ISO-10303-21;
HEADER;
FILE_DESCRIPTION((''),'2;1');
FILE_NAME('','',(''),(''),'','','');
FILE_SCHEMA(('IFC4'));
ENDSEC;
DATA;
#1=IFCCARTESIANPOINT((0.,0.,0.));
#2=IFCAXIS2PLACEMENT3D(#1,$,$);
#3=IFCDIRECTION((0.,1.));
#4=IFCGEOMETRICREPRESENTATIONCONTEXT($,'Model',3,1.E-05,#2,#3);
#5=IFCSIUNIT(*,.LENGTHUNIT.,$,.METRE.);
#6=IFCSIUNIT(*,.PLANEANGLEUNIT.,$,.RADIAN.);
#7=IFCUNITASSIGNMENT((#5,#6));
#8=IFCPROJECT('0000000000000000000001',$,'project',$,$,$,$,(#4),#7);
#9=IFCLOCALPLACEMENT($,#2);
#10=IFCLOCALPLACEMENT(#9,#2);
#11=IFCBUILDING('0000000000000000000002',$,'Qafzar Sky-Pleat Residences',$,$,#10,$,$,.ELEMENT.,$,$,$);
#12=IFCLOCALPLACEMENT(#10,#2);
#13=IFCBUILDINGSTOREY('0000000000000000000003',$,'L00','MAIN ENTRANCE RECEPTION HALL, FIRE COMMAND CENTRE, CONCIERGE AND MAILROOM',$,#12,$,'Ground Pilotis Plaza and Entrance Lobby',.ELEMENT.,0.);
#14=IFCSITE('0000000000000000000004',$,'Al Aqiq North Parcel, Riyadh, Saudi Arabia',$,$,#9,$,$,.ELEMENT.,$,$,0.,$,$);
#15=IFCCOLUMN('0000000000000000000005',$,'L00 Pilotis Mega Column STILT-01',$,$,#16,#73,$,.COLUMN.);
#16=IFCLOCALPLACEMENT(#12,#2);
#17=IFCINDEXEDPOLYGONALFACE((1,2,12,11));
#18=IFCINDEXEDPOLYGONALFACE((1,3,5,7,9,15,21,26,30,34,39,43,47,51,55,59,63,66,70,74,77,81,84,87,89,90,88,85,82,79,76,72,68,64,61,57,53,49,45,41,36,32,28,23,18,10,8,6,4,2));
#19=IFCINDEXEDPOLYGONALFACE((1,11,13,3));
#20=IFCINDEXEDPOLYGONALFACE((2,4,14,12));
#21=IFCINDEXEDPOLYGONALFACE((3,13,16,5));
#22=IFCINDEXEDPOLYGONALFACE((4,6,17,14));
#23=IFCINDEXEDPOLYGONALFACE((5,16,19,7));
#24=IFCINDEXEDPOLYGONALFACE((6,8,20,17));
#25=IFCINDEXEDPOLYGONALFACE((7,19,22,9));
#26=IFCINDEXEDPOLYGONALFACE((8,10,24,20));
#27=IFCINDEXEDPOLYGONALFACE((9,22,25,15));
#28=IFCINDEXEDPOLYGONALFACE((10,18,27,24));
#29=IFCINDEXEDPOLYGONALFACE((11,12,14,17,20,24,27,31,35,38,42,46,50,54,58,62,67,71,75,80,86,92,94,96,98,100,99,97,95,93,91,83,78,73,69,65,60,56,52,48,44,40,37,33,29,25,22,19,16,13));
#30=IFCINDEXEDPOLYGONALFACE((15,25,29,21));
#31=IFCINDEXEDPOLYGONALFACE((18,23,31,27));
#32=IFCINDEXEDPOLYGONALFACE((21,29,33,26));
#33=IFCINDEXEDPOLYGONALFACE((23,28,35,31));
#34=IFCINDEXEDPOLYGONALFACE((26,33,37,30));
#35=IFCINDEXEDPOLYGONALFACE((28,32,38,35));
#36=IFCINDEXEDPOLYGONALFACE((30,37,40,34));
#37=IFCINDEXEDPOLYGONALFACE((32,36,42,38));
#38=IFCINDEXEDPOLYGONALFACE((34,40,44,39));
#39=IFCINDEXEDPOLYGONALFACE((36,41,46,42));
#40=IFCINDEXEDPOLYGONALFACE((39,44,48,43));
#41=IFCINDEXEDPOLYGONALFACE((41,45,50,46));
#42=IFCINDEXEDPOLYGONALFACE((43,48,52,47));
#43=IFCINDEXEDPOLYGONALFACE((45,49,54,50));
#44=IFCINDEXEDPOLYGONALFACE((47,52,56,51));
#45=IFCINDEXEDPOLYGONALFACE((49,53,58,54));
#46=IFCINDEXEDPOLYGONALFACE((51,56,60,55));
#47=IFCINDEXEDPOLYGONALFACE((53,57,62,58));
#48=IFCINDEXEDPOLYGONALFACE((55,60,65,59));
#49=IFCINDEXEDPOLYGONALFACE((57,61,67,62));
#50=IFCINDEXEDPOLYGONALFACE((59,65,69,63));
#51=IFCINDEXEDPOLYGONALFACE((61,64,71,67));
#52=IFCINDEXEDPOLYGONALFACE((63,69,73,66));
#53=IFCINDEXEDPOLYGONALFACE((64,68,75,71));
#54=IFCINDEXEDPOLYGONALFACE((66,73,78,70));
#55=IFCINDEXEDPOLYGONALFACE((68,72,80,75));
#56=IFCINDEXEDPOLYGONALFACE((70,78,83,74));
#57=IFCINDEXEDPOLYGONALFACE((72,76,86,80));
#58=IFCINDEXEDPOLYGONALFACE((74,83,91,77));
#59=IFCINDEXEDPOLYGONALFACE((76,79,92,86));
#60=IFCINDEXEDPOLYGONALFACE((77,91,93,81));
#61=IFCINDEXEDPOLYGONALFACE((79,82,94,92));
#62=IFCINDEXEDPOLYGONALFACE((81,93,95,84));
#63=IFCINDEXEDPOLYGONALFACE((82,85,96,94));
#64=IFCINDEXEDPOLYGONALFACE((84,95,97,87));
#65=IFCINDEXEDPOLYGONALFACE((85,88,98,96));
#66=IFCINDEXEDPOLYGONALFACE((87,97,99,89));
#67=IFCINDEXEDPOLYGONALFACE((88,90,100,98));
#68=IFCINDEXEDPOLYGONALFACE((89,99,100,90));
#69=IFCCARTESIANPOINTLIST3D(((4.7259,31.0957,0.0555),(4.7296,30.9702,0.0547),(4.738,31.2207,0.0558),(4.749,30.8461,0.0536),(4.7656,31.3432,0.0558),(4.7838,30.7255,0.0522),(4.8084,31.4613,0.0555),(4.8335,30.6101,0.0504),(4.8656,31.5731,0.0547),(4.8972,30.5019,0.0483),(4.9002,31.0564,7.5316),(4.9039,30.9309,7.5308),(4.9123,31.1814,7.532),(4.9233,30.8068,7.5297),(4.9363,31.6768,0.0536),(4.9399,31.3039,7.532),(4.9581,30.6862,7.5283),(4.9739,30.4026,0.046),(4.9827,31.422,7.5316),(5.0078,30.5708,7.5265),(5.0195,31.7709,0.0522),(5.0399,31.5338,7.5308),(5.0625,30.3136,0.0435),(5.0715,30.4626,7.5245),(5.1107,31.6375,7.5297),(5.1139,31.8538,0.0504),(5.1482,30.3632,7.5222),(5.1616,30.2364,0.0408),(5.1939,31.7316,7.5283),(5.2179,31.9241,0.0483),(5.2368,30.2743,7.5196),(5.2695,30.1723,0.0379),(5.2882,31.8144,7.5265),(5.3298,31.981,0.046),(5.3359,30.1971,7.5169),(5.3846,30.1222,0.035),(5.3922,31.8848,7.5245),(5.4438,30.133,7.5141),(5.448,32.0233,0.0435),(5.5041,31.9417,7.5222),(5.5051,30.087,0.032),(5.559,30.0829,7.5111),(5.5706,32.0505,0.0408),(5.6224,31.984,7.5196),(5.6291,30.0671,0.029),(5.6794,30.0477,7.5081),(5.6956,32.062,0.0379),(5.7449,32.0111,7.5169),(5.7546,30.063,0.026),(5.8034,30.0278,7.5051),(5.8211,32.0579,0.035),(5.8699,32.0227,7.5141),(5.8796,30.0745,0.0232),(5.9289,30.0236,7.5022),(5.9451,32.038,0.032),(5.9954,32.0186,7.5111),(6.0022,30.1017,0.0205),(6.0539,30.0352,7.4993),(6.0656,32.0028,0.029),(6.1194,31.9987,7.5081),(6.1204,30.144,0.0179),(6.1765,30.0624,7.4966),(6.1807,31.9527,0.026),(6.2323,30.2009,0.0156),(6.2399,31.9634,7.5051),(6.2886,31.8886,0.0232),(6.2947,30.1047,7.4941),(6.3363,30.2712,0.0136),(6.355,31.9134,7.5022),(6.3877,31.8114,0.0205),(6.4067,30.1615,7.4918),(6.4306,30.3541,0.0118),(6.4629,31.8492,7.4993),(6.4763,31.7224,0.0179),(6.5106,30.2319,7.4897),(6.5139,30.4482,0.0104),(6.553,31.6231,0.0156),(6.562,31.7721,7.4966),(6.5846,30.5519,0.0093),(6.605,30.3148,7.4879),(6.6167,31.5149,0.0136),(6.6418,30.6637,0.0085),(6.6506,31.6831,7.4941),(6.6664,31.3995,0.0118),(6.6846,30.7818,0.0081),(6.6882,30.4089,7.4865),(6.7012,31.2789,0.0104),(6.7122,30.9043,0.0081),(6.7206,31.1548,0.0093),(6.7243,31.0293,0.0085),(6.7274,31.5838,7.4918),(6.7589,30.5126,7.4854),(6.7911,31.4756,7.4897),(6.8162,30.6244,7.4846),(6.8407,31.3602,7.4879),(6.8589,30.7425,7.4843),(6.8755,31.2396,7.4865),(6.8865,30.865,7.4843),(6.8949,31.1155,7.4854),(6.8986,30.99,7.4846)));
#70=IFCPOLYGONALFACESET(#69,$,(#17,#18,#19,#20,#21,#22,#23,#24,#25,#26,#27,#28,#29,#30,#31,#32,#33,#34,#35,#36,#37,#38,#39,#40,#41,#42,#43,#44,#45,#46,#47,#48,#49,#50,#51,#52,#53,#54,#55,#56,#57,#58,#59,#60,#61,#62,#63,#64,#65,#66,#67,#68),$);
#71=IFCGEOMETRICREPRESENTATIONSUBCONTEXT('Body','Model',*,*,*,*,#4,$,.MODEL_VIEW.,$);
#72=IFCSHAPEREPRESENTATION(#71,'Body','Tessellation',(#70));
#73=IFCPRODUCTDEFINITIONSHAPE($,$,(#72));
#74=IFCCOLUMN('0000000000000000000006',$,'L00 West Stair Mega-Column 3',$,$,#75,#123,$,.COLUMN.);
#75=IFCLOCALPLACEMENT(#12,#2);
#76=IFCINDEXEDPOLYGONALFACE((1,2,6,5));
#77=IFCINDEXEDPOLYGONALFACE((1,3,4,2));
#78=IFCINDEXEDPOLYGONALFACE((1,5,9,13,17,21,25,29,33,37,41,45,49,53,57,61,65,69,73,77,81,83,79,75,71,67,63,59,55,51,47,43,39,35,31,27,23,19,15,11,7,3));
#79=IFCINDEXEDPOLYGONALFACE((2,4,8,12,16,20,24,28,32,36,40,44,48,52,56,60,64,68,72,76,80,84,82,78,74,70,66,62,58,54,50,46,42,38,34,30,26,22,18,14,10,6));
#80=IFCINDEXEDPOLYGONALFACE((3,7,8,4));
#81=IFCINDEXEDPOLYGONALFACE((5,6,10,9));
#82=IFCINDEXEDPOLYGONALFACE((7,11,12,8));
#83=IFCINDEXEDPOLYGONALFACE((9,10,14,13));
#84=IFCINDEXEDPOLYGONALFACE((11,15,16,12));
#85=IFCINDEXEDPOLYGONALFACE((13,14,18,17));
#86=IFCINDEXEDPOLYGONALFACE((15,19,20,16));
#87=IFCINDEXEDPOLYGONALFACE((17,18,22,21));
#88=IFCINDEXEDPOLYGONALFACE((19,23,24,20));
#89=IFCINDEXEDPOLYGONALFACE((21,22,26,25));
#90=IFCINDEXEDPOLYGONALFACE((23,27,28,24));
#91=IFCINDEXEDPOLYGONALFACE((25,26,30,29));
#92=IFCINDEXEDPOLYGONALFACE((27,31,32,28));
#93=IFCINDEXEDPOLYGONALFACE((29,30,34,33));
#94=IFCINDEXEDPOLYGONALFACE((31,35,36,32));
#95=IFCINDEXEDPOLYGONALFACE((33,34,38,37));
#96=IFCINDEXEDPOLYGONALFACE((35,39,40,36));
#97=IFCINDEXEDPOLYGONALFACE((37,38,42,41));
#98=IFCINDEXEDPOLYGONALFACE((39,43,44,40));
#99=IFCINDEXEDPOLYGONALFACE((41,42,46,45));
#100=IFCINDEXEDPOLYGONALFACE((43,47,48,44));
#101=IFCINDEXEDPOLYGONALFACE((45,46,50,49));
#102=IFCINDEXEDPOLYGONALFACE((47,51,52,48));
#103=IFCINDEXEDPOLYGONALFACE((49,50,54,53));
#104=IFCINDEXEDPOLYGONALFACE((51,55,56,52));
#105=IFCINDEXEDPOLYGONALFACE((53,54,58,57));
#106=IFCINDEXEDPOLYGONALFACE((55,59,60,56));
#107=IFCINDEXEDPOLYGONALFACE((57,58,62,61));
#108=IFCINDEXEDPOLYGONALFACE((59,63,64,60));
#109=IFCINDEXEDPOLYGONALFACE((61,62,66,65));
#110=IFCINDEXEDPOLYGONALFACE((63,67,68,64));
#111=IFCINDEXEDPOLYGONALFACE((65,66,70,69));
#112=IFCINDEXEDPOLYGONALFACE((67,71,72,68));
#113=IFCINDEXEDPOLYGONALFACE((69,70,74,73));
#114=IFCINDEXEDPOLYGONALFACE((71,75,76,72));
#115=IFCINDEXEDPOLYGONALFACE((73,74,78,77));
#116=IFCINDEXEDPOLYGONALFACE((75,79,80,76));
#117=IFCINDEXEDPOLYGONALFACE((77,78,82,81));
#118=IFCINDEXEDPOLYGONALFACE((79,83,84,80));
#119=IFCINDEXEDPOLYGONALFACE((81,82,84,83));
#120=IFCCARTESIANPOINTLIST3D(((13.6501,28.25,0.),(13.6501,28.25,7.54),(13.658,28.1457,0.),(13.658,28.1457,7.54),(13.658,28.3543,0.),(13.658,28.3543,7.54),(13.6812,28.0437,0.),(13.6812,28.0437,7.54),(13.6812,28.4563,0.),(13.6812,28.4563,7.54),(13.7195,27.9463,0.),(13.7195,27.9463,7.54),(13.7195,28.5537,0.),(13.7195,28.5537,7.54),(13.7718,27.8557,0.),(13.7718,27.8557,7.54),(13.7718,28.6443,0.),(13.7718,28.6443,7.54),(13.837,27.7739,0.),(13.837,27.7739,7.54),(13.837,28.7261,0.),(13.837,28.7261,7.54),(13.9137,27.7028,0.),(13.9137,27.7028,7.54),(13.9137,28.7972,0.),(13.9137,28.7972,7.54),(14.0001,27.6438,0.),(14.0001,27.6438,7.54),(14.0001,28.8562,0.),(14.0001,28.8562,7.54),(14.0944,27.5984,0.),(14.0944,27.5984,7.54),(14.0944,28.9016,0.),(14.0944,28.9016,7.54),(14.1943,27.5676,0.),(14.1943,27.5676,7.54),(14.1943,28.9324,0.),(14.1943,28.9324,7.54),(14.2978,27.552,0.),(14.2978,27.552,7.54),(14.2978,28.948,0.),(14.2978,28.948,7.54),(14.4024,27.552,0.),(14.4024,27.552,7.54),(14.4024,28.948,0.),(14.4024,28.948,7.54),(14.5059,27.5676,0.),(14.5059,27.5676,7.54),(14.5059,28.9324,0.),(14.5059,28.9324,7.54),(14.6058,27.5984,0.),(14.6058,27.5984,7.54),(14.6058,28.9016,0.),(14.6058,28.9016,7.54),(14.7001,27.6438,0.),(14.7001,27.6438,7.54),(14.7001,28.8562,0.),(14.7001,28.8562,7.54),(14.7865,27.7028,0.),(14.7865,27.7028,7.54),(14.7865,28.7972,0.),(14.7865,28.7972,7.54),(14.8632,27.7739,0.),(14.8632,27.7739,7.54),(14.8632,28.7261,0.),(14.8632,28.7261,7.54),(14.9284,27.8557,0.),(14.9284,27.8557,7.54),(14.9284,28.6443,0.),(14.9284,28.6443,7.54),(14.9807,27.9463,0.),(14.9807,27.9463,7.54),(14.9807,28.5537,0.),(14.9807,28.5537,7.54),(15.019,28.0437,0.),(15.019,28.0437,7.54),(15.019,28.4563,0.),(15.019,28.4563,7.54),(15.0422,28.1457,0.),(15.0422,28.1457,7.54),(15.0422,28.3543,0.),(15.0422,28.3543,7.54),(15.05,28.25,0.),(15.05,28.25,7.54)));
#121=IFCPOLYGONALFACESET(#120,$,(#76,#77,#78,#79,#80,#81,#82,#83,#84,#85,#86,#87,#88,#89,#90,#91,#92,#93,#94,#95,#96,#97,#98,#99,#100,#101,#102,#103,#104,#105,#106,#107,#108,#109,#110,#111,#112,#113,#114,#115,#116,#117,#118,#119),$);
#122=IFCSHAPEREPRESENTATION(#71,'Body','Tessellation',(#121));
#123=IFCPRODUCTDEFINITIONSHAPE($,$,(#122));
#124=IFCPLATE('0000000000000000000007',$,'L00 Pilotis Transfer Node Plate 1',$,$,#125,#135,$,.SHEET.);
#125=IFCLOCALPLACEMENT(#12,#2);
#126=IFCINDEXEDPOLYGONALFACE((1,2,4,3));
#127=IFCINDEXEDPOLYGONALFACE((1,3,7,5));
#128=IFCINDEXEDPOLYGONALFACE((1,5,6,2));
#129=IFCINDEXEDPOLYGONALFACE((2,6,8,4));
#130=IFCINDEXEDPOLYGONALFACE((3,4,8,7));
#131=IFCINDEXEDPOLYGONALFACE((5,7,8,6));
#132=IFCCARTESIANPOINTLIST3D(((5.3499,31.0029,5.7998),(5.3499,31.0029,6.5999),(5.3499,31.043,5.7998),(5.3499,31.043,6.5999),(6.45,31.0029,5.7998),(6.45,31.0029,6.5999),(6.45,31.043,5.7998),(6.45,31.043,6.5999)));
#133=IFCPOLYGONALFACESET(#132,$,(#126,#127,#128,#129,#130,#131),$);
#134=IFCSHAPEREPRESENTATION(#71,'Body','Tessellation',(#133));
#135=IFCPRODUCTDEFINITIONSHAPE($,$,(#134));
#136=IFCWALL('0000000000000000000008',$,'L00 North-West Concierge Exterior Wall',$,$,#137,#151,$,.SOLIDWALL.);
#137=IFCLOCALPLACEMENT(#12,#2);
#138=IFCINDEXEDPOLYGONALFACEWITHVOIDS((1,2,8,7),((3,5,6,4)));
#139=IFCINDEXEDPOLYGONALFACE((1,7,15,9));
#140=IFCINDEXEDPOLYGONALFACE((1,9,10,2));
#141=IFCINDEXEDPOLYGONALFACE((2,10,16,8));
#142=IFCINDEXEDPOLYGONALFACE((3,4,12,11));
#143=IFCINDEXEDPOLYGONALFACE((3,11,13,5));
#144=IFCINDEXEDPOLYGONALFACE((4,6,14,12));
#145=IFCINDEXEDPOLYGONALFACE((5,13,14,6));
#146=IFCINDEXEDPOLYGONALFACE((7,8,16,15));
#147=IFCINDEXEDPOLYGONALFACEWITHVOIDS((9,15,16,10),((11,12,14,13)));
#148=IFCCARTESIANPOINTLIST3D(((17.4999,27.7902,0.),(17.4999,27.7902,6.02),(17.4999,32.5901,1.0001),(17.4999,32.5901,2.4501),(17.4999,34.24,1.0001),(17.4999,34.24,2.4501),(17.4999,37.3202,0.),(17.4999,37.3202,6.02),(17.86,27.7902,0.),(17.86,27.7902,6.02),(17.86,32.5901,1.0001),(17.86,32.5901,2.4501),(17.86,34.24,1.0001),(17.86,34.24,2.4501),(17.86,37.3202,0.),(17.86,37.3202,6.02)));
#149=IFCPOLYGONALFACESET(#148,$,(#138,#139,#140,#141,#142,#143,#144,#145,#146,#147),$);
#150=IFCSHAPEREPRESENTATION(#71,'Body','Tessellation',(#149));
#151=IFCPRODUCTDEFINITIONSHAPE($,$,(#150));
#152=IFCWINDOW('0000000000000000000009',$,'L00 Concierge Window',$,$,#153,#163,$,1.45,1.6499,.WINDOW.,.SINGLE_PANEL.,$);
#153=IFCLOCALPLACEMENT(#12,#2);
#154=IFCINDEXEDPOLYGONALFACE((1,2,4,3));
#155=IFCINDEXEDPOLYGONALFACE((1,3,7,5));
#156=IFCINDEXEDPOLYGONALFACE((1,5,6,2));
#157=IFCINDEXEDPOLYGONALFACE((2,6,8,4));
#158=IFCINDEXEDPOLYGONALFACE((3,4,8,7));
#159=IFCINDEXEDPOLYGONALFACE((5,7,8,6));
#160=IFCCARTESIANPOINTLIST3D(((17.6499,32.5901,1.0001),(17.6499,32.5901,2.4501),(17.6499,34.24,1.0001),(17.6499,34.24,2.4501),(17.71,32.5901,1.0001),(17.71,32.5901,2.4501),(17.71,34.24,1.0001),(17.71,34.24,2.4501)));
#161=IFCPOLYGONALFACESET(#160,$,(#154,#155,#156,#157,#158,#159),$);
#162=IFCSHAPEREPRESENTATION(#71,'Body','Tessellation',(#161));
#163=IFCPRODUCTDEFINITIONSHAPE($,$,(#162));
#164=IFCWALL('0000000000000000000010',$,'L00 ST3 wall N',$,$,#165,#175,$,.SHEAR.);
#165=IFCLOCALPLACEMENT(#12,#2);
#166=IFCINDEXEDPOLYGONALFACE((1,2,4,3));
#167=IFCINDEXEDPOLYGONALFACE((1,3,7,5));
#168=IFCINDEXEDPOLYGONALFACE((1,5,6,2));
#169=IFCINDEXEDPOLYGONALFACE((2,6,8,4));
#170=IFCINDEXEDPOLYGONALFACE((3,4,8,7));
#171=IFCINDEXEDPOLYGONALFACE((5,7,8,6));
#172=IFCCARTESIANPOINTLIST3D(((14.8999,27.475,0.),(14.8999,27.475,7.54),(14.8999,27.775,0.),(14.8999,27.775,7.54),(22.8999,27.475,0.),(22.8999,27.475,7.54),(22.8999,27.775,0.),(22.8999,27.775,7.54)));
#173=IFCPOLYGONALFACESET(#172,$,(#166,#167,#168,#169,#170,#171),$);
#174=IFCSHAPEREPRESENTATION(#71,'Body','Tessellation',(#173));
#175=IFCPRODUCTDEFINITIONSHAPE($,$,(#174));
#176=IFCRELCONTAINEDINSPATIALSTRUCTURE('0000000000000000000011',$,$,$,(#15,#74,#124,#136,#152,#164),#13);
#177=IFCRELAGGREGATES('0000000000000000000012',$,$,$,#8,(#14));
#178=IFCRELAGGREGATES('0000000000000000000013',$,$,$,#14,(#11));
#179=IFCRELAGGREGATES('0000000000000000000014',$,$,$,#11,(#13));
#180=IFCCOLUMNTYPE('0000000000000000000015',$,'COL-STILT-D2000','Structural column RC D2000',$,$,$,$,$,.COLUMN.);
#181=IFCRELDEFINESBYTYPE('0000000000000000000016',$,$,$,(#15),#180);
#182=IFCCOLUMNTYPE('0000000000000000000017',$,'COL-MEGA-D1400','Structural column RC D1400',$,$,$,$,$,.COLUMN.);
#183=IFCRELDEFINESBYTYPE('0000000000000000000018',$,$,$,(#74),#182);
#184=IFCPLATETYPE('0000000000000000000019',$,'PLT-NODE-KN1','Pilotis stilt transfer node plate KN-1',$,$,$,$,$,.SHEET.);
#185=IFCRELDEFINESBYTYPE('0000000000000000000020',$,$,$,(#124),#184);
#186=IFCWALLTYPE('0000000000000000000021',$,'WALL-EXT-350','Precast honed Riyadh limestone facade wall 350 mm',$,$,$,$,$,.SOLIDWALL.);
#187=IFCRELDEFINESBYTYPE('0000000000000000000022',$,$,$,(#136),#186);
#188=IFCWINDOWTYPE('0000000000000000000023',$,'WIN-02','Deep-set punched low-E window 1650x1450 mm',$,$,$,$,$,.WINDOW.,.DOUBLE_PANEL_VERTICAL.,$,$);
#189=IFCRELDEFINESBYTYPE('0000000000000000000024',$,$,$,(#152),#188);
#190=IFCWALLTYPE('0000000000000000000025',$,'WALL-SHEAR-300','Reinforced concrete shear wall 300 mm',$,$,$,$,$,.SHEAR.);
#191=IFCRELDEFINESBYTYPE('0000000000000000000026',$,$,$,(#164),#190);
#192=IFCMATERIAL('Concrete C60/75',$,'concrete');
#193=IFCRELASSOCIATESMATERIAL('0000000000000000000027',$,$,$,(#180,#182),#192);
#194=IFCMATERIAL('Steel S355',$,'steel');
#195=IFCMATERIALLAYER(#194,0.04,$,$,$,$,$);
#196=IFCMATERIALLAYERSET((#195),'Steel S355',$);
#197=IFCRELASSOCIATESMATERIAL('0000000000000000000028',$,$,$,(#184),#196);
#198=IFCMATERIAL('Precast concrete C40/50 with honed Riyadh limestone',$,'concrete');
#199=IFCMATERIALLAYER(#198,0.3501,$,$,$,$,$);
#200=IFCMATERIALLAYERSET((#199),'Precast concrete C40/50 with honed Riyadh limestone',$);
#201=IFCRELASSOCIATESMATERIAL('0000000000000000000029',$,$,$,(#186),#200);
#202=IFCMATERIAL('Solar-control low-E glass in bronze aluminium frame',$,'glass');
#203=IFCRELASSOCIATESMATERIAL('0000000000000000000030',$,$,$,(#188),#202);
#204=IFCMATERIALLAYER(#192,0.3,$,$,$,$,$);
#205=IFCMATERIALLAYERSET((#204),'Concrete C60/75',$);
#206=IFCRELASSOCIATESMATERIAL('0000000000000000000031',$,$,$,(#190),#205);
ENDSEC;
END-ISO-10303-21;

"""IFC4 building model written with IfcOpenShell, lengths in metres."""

from ifc_helpers import new_model, si_unit, direction, frame, frame_2d, origin, origin_2d, place, context, subcontext, project, spatial, rectangle, circle, extrude, source, transform, mapped, material, layer, layer_set, material_profile, profile_set, type_object, element, fill, save


model = new_model("IFC4")

# Units and contexts
model_context = context("Model", 3, precision=1e-05, world=origin(), true_north=direction((0.0, 1.0)))
body_context = subcontext(model_context, "Body", "Model", "MODEL_VIEW")
ifc_project = project(units=[si_unit("LENGTHUNIT", "METRE"), si_unit("PLANEANGLEUNIT", "RADIAN")], contexts=[model_context])

# Site, building, storey
site_placement = place(None, origin())
site = spatial("IfcSite", under=ifc_project, at=site_placement, Name="Al Aqiq North Parcel, Riyadh, Saudi Arabia", CompositionType="ELEMENT", RefElevation=0.0)
building_placement = place(site_placement, origin())
building = spatial("IfcBuilding", under=site, at=building_placement, Name="Qafzar Sky-Pleat Residences", CompositionType="ELEMENT")
storey_placement = place(building_placement, origin())
storey = spatial("IfcBuildingStorey", under=building, at=storey_placement, Name="L00", Description="MAIN ENTRANCE RECEPTION HALL, FIRE COMMAND CENTRE, CONCIERGE AND MAILROOM", LongName="Ground Pilotis Plaza and Entrance Lobby", CompositionType="ELEMENT", Elevation=0.0)

# Columns
ifc_material_1 = material(Name="Concrete C60/75", Category="concrete")
ifc_material_profile_1 = material_profile(ifc_material_1, circle(Radius=1.0, at=origin_2d()), Name="RC D2000")
ifc_profile_set_1 = profile_set([ifc_material_profile_1], Name="Concrete C60/75")
column_type_1 = type_object("IfcColumnType", Name="COL-STILT-D2000", Description="Structural column RC D2000", PredefinedType="COLUMN", material=ifc_profile_set_1)
shared_shape_1 = source(origin(), body_context, "Body", "SweptSolid", [
    extrude(circle(Radius=1.0, at=origin_2d()), origin(), (0.0, 0.0, 1.0), 7.4783),
])
column_1_placement = place(storey_placement, frame((5.7251, 31.0625, 0.032), z_axis=(0.02331, -0.005256, 0.999714), x_axis=(0.219967, 0.975507, 0.0)))
element("IfcColumn", 1, at=column_1_placement, inside=storey, type_object=column_type_1, Name="L00 Pilotis Mega Column STILT-01", PredefinedType="COLUMN", context=body_context, shape_type="MappedRepresentation", body=[
    mapped(shared_shape_1, transform((0.0, 0.0, 0.0), x_axis=(1.0, 0.0, 0.0), y_axis=(0.0, 1.0, 0.0), z_axis=(0.0, 0.0, 1.0), scale=1.0)),
])
ifc_material_profile_2 = material_profile(ifc_material_1, circle(Radius=0.7, at=origin_2d()), Name="RC D1400")
ifc_profile_set_2 = profile_set([ifc_material_profile_2], Name="Concrete C60/75")
column_type_2 = type_object("IfcColumnType", Name="COL-MEGA-D1400", Description="Structural column RC D1400", PredefinedType="COLUMN", material=ifc_profile_set_2)
shared_shape_2 = source(origin(), body_context, "Body", "SweptSolid", [
    extrude(circle(Radius=0.7, at=origin_2d()), origin(), (0.0, 0.0, 1.0), 7.54),
])
column_2_placement = place(storey_placement, frame((14.3501, 28.25, 0.0), z_axis=(0.0, 0.0, 1.0), x_axis=(1.0, 0.0, 0.0)))
element("IfcColumn", 2, at=column_2_placement, inside=storey, type_object=column_type_2, Name="L00 West Stair Mega-Column 3", PredefinedType="COLUMN", context=body_context, shape_type="MappedRepresentation", body=[
    mapped(shared_shape_2, transform((0.0, 0.0, 0.0), x_axis=(1.0, 0.0, 0.0), y_axis=(0.0, 1.0, 0.0), z_axis=(0.0, 0.0, 1.0), scale=1.0)),
])

# Plate
ifc_material_2 = material(Name="Steel S355", Category="steel")
ifc_layer_1 = layer(ifc_material_2, 0.04)
ifc_layer_set_1 = layer_set([ifc_layer_1], Name="Steel S355")
plate_type = type_object("IfcPlateType", Name="PLT-NODE-KN1", Description="Pilotis stilt transfer node plate KN-1", PredefinedType="SHEET", material=ifc_layer_set_1)
shared_shape_3 = source(origin(), body_context, "Body", "SweptSolid", [
    extrude(rectangle(XDim=1.1001, YDim=0.04, at=origin_2d()), origin(), (0.0, 0.0, 1.0), 0.8),
])
plate_placement = place(storey_placement, frame((5.8999, 31.0229, 5.7998), z_axis=(0.0, 0.0, 1.0), x_axis=(1.0, 0.0, 0.0)))
element("IfcPlate", 3, at=plate_placement, inside=storey, type_object=plate_type, Name="L00 Pilotis Transfer Node Plate 1", PredefinedType="SHEET", context=body_context, shape_type="MappedRepresentation", body=[
    mapped(shared_shape_3, transform((0.0, 0.0, 0.0), x_axis=(1.0, 0.0, 0.0), y_axis=(0.0, 1.0, 0.0), z_axis=(0.0, 0.0, 1.0), scale=1.0)),
])

# Wall, opening, window
ifc_material_3 = material(Name="Precast concrete C40/50 with honed Riyadh limestone", Category="concrete")
ifc_layer_2 = layer(ifc_material_3, 0.3501)
ifc_layer_set_2 = layer_set([ifc_layer_2], Name="Precast concrete C40/50 with honed Riyadh limestone")
wall_type_1 = type_object("IfcWallType", Name="WALL-EXT-350", Description="Precast honed Riyadh limestone facade wall 350 mm", PredefinedType="SOLIDWALL", material=ifc_layer_set_2)
wall_1_placement = place(storey_placement, frame((17.6799, 27.79, 0.0), z_axis=(0.0, 0.0, 1.0), x_axis=(0.0, 1.0, 0.0)))
wall_1 = element("IfcWall", 4, at=wall_1_placement, inside=storey, type_object=wall_type_1, Name="L00 North-West Concierge Exterior Wall", PredefinedType="SOLIDWALL", context=body_context, shape_type="SweptSolid", body=[
    extrude(rectangle(XDim=9.53, YDim=0.3601, at=frame_2d((4.7651, 0.0))), origin(), (0.0, 0.0, 1.0), 6.02),
])
opening_placement = place(wall_1_placement, frame((4.8, 0.0, 1.0)))
opening = element("IfcOpeningElement", 5, at=opening_placement, cuts=wall_1, PredefinedType="OPENING", context=body_context, shape_type="SweptSolid", body=[
    extrude(rectangle(XDim=1.6499, YDim=1.45, at=frame_2d((0.825, 0.7251))), frame((0.0, 0.1899, 0.0), z_axis=(0.0, -1.0, 0.0), x_axis=(1.0, 0.0, 0.0)), (0.0, 0.0, 1.0), 0.3801),
])
ifc_material_4 = material(Name="Solar-control low-E glass in bronze aluminium frame", Category="glass")
window_type = type_object("IfcWindowType", Name="WIN-02", Description="Deep-set punched low-E window 1650x1450 mm", PartitioningType="DOUBLE_PANEL_VERTICAL", PredefinedType="WINDOW", material=ifc_material_4)
shared_shape_4 = source(origin(), body_context, "Body", "SweptSolid", [
    extrude(rectangle(XDim=1.6499, YDim=1.45, at=frame_2d((0.825, 0.7251))), frame((0.0, 0.03, 0.0), z_axis=(0.0, -1.0, 0.0), x_axis=(1.0, 0.0, 0.0)), (0.0, 0.0, 1.0), 0.0601),
])
window_placement = place(opening_placement, origin())
window = element("IfcWindow", 6, at=window_placement, inside=storey, type_object=window_type, Name="L00 Concierge Window", OverallHeight=1.45, OverallWidth=1.6499, PartitioningType="SINGLE_PANEL", PredefinedType="WINDOW", context=body_context, shape_type="MappedRepresentation", body=[
    mapped(shared_shape_4, transform((0.0, 0.0, 0.0), x_axis=(1.0, 0.0, 0.0), y_axis=(0.0, 1.0, 0.0), z_axis=(0.0, 0.0, 1.0), scale=1.0)),
])
fill(opening, window)

# Wall
ifc_layer_3 = layer(ifc_material_1, 0.3)
ifc_layer_set_3 = layer_set([ifc_layer_3], Name="Concrete C60/75")
wall_type_2 = type_object("IfcWallType", Name="WALL-SHEAR-300", Description="Reinforced concrete shear wall 300 mm", PredefinedType="SHEAR", material=ifc_layer_set_3)
wall_2_placement = place(storey_placement, frame((22.8999, 27.625, 0.0), z_axis=(0.0, 0.0, 1.0), x_axis=(-1.0, 0.0, 0.0)))
element("IfcWall", 7, at=wall_2_placement, inside=storey, type_object=wall_type_2, Name="L00 ST3 wall N", PredefinedType="SHEAR", context=body_context, shape_type="SweptSolid", body=[
    extrude(rectangle(XDim=8.0, YDim=0.3, at=frame_2d((4.0, 0.0))), origin(), (0.0, 0.0, 1.0), 7.54),
])

save(model, "model.ifc")
